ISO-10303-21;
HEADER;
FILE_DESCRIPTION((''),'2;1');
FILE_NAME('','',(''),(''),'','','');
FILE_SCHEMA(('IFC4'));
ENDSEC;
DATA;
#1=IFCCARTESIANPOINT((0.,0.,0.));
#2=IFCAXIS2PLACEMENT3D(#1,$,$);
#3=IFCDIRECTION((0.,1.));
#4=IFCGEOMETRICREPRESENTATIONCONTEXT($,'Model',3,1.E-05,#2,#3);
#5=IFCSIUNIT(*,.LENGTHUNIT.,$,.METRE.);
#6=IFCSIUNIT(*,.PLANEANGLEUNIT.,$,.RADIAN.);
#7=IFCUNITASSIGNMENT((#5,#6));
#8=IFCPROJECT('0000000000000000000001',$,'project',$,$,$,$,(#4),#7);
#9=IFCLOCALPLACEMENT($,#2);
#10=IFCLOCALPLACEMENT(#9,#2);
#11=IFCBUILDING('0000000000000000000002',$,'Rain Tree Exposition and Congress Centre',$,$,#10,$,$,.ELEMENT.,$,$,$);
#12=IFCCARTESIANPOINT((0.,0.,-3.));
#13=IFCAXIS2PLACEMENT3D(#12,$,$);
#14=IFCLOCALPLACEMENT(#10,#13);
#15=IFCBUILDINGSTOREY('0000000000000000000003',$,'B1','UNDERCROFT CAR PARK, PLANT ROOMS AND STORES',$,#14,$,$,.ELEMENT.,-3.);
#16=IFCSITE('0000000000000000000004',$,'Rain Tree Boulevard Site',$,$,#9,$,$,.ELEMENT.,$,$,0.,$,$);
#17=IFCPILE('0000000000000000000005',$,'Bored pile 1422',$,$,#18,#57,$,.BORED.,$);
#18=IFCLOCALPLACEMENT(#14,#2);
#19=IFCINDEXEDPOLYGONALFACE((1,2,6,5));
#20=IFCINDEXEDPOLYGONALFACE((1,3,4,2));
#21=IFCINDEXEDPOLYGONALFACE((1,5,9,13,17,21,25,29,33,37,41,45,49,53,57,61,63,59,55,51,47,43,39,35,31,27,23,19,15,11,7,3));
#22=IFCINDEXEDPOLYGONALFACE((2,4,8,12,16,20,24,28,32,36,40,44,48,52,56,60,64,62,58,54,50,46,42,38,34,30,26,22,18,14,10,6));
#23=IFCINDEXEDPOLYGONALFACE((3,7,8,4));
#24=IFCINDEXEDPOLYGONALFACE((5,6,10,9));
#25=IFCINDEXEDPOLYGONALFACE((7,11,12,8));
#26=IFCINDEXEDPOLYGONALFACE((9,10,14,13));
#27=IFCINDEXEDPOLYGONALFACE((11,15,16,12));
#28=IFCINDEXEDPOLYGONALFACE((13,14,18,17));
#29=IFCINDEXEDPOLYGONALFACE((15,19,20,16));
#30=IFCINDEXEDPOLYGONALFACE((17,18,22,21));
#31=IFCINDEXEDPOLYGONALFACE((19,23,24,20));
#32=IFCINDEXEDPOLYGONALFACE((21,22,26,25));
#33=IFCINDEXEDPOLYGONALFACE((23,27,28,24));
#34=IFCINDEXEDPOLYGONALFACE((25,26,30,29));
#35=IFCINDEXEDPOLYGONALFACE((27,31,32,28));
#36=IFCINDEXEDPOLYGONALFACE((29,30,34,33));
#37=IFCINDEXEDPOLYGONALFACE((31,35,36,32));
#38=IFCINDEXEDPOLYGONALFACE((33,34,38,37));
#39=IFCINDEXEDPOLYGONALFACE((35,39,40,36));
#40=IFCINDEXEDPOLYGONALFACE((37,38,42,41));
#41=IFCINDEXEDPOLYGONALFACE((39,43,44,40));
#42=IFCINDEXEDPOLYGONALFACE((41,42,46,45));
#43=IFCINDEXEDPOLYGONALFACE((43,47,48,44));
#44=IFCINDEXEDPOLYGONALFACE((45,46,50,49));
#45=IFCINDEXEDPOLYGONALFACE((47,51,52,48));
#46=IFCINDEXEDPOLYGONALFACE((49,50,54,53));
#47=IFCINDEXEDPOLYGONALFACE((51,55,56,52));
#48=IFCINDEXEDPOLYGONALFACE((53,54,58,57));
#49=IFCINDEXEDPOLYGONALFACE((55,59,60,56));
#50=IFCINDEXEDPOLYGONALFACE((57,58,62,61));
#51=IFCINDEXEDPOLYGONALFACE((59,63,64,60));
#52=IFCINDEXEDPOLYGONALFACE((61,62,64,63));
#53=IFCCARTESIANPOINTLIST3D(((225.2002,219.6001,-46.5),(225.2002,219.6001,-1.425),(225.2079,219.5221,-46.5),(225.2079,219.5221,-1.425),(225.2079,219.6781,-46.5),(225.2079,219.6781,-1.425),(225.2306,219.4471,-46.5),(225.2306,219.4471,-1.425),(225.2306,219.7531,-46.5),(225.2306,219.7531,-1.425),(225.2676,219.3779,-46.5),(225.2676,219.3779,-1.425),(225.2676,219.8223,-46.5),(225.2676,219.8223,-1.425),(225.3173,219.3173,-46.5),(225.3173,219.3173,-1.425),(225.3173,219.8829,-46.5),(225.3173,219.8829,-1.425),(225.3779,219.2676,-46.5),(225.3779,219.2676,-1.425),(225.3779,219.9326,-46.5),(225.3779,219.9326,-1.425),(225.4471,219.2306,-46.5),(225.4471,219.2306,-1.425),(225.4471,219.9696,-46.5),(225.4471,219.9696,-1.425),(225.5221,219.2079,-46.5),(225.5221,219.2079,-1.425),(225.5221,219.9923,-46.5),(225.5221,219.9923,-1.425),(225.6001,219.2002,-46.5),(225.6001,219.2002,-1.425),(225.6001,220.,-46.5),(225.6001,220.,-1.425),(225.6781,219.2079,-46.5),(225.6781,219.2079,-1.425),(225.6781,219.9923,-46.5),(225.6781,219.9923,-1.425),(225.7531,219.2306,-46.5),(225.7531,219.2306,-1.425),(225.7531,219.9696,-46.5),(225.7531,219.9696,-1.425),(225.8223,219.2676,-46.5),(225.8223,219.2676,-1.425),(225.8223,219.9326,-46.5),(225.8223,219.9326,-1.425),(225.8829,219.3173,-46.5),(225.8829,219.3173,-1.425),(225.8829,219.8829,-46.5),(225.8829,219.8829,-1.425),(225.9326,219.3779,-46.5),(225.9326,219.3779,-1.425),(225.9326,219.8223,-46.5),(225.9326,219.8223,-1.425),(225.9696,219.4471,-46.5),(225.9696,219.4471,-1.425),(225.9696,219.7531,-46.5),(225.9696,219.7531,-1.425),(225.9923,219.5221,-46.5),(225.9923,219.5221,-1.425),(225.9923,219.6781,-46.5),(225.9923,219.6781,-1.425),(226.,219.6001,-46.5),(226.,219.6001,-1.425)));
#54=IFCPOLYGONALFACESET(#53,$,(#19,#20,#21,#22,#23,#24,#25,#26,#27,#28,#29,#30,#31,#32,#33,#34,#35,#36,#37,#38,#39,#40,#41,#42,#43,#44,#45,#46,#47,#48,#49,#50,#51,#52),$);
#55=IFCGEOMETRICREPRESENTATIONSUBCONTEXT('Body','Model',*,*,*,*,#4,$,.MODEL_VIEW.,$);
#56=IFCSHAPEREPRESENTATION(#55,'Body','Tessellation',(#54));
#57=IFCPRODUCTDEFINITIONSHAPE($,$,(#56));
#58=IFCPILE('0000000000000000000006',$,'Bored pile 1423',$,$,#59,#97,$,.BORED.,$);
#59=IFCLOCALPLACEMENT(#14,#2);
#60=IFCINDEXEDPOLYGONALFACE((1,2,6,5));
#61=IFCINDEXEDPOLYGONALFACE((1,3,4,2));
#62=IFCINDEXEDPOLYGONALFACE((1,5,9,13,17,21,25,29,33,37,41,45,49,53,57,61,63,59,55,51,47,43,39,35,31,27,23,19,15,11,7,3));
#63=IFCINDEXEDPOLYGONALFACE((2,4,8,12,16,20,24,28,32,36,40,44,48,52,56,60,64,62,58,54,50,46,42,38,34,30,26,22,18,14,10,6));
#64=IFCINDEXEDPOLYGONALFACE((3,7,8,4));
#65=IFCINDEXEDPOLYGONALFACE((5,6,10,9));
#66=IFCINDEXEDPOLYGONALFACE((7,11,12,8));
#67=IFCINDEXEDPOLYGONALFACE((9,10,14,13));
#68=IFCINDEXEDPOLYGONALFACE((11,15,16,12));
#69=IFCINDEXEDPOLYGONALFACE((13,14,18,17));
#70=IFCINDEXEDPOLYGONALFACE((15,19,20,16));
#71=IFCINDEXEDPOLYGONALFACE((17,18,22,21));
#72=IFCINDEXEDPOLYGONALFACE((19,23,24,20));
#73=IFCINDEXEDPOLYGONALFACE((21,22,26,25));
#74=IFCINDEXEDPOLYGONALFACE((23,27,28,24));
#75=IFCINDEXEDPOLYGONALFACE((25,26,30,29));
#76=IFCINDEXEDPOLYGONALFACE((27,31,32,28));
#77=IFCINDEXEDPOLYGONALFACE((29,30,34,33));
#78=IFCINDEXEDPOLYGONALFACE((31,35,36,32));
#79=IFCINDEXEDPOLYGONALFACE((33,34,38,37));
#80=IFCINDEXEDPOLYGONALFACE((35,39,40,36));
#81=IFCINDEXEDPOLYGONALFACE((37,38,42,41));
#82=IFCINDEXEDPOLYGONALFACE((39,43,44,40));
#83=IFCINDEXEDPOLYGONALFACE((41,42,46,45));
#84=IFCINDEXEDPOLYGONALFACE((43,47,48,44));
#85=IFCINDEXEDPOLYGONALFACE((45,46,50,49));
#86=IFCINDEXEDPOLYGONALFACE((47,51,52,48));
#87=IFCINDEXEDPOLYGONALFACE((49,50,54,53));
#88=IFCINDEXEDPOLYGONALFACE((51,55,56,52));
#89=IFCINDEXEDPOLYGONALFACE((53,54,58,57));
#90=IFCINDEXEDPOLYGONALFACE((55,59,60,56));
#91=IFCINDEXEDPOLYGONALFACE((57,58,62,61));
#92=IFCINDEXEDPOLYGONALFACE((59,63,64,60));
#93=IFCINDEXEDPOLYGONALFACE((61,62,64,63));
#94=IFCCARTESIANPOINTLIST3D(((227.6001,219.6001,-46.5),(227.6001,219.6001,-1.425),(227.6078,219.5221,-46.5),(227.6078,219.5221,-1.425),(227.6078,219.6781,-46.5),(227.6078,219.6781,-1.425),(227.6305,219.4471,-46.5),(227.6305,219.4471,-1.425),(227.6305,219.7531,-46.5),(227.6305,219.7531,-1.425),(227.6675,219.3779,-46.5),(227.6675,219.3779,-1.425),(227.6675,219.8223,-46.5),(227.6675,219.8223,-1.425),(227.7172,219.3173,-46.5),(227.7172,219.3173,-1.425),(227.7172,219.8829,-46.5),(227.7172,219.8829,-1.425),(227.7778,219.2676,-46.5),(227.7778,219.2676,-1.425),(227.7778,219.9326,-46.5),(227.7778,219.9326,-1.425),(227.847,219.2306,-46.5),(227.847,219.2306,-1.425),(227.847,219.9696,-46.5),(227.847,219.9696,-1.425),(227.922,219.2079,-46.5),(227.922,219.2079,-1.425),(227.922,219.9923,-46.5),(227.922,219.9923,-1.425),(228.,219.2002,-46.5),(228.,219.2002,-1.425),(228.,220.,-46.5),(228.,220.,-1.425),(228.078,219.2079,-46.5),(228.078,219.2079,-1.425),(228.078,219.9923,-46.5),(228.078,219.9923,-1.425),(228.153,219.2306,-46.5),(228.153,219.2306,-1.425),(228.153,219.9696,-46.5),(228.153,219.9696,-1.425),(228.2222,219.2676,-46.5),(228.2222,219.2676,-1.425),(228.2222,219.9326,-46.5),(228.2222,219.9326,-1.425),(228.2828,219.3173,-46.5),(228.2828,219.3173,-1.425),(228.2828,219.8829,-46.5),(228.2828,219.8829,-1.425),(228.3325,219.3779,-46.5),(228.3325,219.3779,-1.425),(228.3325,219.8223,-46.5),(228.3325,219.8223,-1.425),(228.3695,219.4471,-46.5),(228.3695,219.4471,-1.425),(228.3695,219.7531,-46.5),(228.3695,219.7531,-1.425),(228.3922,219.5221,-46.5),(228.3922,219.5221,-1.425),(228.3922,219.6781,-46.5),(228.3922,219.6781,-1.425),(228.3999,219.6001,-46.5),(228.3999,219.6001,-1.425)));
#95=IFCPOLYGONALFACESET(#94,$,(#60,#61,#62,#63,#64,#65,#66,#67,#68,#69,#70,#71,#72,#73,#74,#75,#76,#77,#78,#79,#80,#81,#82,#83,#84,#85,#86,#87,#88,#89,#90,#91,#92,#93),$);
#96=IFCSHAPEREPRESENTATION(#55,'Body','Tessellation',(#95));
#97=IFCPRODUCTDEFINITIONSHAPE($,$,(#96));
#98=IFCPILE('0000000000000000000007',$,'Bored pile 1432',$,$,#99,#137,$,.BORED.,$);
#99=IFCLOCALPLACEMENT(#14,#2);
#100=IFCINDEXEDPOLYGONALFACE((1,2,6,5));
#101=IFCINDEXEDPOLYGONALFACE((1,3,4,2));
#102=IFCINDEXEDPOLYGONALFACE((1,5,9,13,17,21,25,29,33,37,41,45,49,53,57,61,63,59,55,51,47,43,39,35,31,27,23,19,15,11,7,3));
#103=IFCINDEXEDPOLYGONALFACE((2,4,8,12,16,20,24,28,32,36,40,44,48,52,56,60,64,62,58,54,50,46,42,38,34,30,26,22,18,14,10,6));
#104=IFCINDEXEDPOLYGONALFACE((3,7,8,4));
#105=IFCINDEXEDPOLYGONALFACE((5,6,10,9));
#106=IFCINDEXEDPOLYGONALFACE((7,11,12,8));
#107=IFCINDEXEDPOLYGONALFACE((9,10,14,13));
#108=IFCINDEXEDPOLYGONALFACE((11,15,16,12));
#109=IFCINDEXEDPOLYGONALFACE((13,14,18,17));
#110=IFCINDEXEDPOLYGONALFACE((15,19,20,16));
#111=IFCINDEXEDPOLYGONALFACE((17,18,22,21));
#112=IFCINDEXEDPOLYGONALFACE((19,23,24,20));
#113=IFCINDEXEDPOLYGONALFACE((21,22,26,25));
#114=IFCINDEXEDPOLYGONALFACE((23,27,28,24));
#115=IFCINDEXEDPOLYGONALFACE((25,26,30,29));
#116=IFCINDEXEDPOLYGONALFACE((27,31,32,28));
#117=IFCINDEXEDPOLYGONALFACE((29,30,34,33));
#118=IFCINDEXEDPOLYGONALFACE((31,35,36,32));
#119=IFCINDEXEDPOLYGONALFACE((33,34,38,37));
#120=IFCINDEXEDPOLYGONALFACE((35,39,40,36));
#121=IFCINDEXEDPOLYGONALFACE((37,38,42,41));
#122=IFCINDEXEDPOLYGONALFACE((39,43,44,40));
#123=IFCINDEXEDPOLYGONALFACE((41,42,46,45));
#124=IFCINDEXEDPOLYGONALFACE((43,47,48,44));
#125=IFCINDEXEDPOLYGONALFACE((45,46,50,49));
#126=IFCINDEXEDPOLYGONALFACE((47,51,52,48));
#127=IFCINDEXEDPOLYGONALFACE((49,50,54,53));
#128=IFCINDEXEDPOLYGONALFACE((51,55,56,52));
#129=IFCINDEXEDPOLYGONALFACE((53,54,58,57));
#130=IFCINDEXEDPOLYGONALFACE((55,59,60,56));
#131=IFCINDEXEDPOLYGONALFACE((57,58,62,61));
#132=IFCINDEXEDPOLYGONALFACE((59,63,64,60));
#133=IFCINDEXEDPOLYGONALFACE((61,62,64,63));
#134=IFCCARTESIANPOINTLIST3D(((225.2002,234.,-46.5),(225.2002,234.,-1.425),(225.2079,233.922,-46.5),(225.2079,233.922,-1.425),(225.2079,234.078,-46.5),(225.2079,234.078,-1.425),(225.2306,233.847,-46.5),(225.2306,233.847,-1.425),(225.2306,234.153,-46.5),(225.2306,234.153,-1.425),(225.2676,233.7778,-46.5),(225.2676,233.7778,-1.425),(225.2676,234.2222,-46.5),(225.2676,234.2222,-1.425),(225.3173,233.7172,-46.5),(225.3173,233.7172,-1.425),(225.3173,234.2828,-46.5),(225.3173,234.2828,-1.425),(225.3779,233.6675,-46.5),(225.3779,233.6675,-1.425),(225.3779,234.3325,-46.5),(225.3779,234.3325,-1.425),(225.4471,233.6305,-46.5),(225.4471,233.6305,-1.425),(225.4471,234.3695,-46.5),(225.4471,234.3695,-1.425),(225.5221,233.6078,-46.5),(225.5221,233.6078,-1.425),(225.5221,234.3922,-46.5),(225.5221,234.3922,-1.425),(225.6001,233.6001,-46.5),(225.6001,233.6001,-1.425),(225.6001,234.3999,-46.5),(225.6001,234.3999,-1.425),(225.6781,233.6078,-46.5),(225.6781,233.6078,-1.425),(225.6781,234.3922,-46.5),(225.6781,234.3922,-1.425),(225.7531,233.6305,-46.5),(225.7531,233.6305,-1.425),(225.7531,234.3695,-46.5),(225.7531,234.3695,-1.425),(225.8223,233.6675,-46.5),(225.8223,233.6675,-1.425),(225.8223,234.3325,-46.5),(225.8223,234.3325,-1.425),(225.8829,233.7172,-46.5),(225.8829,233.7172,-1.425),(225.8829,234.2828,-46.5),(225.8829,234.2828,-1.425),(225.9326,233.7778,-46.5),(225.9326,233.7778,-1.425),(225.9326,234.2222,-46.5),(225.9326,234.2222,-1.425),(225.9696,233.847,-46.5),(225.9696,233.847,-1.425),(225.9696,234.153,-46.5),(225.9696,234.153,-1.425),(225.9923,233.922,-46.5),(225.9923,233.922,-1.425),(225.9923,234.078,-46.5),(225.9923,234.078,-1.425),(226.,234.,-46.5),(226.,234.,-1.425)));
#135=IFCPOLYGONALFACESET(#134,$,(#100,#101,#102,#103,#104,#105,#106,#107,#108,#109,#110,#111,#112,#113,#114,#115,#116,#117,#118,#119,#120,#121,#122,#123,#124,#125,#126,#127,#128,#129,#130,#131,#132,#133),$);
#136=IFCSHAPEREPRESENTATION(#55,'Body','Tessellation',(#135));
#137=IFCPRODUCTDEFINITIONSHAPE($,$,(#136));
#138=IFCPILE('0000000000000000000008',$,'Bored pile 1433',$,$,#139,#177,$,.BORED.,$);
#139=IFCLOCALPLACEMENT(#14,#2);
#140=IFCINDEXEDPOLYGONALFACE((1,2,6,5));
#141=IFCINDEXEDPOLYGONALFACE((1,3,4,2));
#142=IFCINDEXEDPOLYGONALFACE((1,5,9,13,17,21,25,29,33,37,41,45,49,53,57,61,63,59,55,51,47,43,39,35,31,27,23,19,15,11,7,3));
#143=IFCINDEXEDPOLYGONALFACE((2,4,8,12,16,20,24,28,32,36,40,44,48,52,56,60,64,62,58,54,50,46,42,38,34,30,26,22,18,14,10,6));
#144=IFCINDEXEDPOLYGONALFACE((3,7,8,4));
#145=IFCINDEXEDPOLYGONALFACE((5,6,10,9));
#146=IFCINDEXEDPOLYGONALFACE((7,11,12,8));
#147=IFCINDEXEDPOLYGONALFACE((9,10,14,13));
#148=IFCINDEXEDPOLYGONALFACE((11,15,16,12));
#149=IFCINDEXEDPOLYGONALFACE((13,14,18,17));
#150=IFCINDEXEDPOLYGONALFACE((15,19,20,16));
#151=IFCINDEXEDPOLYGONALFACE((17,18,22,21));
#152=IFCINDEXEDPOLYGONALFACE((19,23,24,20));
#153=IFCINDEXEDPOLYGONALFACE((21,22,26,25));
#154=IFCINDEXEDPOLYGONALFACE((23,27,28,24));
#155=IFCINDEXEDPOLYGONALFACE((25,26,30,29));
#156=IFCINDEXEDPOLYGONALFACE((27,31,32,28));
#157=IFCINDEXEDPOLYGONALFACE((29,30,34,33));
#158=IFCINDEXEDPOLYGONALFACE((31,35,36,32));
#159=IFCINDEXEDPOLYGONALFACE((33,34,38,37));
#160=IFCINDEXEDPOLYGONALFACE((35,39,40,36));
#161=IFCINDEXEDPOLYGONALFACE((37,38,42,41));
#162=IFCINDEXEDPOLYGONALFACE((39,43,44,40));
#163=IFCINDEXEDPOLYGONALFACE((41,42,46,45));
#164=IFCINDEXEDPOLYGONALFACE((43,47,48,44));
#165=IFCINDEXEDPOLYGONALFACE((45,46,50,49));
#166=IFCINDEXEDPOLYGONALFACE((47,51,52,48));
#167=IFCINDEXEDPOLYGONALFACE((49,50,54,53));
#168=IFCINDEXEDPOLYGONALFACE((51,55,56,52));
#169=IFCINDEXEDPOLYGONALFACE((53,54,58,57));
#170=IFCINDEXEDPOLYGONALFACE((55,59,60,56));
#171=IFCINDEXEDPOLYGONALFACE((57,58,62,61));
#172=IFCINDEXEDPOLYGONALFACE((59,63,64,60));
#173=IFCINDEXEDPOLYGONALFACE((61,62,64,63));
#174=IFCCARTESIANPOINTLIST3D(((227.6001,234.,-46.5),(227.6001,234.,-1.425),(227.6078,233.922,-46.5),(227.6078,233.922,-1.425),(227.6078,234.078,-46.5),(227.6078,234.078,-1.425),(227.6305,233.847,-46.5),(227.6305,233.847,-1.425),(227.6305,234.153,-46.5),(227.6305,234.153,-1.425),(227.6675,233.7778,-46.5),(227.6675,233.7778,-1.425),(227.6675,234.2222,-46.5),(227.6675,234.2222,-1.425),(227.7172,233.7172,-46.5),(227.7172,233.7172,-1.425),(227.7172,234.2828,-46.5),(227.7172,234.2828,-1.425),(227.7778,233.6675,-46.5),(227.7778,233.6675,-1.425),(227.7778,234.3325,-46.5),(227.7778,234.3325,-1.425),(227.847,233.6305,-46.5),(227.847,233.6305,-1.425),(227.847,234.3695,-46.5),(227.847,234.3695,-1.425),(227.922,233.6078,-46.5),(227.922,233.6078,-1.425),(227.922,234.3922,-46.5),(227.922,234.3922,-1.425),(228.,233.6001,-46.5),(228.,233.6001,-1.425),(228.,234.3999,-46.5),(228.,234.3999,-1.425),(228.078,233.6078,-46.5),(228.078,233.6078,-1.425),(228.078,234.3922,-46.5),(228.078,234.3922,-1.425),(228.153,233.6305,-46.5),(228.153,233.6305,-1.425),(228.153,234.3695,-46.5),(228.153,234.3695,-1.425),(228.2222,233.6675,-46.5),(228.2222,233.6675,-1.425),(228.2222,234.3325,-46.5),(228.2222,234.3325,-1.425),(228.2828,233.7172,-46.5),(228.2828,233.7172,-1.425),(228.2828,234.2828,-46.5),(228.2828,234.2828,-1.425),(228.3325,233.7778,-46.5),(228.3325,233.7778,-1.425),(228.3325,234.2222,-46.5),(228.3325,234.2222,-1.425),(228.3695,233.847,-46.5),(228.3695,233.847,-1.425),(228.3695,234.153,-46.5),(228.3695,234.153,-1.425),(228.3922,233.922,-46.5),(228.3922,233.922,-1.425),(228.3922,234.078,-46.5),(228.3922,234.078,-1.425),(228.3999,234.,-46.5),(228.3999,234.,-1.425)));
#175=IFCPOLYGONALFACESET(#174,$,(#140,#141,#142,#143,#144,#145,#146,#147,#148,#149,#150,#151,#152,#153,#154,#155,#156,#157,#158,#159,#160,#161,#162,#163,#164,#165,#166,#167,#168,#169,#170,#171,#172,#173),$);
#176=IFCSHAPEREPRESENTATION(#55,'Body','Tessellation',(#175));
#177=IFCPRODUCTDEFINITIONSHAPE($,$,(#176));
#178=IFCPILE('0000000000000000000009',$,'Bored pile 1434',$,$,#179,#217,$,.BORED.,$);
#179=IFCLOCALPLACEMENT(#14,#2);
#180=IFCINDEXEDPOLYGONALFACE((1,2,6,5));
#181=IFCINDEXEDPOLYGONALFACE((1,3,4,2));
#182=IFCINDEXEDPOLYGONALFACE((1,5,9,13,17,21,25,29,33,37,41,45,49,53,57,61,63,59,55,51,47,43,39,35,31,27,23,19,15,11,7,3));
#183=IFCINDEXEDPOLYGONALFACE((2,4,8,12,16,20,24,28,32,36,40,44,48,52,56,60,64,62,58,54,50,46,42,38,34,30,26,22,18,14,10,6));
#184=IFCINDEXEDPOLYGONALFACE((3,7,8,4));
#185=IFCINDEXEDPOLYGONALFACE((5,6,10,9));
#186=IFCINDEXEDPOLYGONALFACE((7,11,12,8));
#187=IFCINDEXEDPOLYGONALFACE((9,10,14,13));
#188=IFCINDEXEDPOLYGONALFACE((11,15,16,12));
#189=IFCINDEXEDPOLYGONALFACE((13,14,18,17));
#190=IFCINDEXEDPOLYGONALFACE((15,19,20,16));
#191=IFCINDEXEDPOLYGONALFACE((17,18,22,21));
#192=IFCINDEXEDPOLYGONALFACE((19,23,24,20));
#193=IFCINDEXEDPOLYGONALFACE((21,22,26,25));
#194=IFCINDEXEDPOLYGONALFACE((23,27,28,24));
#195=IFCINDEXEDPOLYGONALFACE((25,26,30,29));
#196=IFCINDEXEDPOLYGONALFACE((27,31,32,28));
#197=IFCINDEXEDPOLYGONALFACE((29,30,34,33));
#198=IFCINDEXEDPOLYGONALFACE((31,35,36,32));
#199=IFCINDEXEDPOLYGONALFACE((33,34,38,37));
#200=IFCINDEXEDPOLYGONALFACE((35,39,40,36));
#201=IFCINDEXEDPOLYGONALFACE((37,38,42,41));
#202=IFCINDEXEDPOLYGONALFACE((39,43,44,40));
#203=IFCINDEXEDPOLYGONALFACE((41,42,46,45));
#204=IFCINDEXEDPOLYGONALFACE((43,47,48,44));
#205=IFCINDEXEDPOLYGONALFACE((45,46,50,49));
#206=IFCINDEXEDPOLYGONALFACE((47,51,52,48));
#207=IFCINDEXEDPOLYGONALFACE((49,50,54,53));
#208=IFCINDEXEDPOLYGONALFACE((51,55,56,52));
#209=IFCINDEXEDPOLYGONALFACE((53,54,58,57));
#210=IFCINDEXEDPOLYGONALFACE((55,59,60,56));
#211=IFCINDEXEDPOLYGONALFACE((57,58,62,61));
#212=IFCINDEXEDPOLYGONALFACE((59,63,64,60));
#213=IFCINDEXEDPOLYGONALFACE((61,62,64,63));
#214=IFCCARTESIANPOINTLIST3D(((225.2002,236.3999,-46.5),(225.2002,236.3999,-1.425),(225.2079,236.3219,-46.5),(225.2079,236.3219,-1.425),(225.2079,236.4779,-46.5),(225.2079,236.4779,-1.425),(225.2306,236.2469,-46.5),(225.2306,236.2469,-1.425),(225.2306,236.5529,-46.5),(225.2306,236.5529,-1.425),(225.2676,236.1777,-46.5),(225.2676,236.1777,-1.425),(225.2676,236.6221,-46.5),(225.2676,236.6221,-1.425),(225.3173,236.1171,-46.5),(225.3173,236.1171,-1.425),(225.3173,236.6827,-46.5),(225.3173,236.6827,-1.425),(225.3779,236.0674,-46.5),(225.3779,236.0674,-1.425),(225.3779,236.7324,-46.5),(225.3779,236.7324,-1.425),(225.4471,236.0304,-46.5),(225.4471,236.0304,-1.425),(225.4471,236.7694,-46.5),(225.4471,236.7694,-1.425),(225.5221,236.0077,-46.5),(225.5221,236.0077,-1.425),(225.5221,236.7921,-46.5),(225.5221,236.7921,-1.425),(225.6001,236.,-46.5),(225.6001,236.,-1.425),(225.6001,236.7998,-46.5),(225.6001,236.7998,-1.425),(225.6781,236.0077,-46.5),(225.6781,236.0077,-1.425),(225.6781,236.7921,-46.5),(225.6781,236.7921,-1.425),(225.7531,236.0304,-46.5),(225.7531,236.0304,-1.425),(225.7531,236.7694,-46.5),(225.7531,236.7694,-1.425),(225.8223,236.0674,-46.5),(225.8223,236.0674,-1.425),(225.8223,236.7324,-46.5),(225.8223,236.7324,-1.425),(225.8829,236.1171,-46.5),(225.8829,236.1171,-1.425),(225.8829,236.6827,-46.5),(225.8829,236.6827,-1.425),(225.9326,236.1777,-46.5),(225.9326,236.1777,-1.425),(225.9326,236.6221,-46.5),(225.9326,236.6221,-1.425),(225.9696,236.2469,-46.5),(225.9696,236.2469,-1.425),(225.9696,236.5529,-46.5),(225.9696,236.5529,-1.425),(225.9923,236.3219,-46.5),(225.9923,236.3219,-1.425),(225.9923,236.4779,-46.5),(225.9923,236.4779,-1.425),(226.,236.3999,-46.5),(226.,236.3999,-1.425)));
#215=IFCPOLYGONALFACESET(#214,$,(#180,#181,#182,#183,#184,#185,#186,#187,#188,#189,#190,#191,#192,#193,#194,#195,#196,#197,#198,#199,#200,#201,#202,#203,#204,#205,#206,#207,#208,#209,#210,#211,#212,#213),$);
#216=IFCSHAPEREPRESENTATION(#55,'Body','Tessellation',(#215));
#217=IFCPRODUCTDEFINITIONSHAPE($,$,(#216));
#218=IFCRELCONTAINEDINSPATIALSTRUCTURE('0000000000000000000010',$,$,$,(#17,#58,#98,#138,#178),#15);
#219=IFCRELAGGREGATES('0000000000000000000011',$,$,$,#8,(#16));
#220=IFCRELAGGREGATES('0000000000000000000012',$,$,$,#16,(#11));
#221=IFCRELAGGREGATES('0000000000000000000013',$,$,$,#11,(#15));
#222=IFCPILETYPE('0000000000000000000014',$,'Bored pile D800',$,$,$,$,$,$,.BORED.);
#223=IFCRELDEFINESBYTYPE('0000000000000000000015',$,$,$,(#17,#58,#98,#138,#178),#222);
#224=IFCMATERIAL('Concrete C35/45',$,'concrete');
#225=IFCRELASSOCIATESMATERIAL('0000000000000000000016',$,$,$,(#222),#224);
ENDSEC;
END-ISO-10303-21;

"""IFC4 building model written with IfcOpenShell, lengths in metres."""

from ifc_helpers import new_model, si_unit, direction, frame, origin, origin_2d, place, context, subcontext, project, spatial, circle, extrude, material, material_profile, profile_set, type_object, element, save


model = new_model("IFC4")

# Units and contexts
model_context = context("Model", 3, precision=1e-05, world=origin(), true_north=direction((0.0, 1.0)))
body_context = subcontext(model_context, "Body", "Model", "MODEL_VIEW")
ifc_project = project(units=[si_unit("LENGTHUNIT", "METRE"), si_unit("PLANEANGLEUNIT", "RADIAN")], contexts=[model_context])

# Site, building, storey
site_placement = place(None, origin())
site = spatial("IfcSite", under=ifc_project, at=site_placement, Name="Rain Tree Boulevard Site", CompositionType="ELEMENT", RefElevation=0.0)
building_placement = place(site_placement, origin())
building = spatial("IfcBuilding", under=site, at=building_placement, Name="Rain Tree Exposition and Congress Centre", CompositionType="ELEMENT")
storey_placement = place(building_placement, frame((0.0, 0.0, -3.0)))
storey = spatial("IfcBuildingStorey", under=building, at=storey_placement, Name="B1", Description="UNDERCROFT CAR PARK, PLANT ROOMS AND STORES", CompositionType="ELEMENT", Elevation=-3.0)

# Piles
ifc_material_1 = material(Name="Concrete C35/45", Category="concrete")
ifc_material_profile_1 = material_profile(ifc_material_1, circle(Radius=0.3999, at=origin_2d()), Name="D800")
ifc_profile_set_1 = profile_set([ifc_material_profile_1], Name="Concrete C35/45")
pile_type_1 = type_object("IfcPileType", Name="Bored pile D800", PredefinedType="BORED", material=ifc_profile_set_1)
for number, where, z_axis, x_axis, name in (
    (1, (225.6001, 219.6001, -1.425), (0.0, 0.0, -1.0), (1.0, 0.0, 0.0), "Bored pile 1422"),
    (2, (228.0, 219.6001, -1.425), (0.0, 0.0, -1.0), (1.0, 0.0, 0.0), "Bored pile 1423"),
    (3, (225.6001, 234.0, -1.425), (0.0, 0.0, -1.0), (1.0, 0.0, 0.0), "Bored pile 1432"),
    (4, (228.0, 234.0, -1.425), (0.0, 0.0, -1.0), (1.0, 0.0, 0.0), "Bored pile 1433"),
    (5, (225.6001, 236.3999, -1.425), (0.0, 0.0, -1.0), (1.0, 0.0, 0.0), "Bored pile 1434"),
):
    element("IfcPile", number, at=place(storey_placement, frame(where, z_axis=z_axis, x_axis=x_axis)), inside=storey, type_object=pile_type_1, Name=name, PredefinedType="BORED", context=body_context, shape_type="SweptSolid", body=[
        extrude(circle(Radius=0.3999, at=origin_2d()), origin(), (0.0, 0.0, 1.0), 45.075),
    ])

save(model, "model.ifc")
